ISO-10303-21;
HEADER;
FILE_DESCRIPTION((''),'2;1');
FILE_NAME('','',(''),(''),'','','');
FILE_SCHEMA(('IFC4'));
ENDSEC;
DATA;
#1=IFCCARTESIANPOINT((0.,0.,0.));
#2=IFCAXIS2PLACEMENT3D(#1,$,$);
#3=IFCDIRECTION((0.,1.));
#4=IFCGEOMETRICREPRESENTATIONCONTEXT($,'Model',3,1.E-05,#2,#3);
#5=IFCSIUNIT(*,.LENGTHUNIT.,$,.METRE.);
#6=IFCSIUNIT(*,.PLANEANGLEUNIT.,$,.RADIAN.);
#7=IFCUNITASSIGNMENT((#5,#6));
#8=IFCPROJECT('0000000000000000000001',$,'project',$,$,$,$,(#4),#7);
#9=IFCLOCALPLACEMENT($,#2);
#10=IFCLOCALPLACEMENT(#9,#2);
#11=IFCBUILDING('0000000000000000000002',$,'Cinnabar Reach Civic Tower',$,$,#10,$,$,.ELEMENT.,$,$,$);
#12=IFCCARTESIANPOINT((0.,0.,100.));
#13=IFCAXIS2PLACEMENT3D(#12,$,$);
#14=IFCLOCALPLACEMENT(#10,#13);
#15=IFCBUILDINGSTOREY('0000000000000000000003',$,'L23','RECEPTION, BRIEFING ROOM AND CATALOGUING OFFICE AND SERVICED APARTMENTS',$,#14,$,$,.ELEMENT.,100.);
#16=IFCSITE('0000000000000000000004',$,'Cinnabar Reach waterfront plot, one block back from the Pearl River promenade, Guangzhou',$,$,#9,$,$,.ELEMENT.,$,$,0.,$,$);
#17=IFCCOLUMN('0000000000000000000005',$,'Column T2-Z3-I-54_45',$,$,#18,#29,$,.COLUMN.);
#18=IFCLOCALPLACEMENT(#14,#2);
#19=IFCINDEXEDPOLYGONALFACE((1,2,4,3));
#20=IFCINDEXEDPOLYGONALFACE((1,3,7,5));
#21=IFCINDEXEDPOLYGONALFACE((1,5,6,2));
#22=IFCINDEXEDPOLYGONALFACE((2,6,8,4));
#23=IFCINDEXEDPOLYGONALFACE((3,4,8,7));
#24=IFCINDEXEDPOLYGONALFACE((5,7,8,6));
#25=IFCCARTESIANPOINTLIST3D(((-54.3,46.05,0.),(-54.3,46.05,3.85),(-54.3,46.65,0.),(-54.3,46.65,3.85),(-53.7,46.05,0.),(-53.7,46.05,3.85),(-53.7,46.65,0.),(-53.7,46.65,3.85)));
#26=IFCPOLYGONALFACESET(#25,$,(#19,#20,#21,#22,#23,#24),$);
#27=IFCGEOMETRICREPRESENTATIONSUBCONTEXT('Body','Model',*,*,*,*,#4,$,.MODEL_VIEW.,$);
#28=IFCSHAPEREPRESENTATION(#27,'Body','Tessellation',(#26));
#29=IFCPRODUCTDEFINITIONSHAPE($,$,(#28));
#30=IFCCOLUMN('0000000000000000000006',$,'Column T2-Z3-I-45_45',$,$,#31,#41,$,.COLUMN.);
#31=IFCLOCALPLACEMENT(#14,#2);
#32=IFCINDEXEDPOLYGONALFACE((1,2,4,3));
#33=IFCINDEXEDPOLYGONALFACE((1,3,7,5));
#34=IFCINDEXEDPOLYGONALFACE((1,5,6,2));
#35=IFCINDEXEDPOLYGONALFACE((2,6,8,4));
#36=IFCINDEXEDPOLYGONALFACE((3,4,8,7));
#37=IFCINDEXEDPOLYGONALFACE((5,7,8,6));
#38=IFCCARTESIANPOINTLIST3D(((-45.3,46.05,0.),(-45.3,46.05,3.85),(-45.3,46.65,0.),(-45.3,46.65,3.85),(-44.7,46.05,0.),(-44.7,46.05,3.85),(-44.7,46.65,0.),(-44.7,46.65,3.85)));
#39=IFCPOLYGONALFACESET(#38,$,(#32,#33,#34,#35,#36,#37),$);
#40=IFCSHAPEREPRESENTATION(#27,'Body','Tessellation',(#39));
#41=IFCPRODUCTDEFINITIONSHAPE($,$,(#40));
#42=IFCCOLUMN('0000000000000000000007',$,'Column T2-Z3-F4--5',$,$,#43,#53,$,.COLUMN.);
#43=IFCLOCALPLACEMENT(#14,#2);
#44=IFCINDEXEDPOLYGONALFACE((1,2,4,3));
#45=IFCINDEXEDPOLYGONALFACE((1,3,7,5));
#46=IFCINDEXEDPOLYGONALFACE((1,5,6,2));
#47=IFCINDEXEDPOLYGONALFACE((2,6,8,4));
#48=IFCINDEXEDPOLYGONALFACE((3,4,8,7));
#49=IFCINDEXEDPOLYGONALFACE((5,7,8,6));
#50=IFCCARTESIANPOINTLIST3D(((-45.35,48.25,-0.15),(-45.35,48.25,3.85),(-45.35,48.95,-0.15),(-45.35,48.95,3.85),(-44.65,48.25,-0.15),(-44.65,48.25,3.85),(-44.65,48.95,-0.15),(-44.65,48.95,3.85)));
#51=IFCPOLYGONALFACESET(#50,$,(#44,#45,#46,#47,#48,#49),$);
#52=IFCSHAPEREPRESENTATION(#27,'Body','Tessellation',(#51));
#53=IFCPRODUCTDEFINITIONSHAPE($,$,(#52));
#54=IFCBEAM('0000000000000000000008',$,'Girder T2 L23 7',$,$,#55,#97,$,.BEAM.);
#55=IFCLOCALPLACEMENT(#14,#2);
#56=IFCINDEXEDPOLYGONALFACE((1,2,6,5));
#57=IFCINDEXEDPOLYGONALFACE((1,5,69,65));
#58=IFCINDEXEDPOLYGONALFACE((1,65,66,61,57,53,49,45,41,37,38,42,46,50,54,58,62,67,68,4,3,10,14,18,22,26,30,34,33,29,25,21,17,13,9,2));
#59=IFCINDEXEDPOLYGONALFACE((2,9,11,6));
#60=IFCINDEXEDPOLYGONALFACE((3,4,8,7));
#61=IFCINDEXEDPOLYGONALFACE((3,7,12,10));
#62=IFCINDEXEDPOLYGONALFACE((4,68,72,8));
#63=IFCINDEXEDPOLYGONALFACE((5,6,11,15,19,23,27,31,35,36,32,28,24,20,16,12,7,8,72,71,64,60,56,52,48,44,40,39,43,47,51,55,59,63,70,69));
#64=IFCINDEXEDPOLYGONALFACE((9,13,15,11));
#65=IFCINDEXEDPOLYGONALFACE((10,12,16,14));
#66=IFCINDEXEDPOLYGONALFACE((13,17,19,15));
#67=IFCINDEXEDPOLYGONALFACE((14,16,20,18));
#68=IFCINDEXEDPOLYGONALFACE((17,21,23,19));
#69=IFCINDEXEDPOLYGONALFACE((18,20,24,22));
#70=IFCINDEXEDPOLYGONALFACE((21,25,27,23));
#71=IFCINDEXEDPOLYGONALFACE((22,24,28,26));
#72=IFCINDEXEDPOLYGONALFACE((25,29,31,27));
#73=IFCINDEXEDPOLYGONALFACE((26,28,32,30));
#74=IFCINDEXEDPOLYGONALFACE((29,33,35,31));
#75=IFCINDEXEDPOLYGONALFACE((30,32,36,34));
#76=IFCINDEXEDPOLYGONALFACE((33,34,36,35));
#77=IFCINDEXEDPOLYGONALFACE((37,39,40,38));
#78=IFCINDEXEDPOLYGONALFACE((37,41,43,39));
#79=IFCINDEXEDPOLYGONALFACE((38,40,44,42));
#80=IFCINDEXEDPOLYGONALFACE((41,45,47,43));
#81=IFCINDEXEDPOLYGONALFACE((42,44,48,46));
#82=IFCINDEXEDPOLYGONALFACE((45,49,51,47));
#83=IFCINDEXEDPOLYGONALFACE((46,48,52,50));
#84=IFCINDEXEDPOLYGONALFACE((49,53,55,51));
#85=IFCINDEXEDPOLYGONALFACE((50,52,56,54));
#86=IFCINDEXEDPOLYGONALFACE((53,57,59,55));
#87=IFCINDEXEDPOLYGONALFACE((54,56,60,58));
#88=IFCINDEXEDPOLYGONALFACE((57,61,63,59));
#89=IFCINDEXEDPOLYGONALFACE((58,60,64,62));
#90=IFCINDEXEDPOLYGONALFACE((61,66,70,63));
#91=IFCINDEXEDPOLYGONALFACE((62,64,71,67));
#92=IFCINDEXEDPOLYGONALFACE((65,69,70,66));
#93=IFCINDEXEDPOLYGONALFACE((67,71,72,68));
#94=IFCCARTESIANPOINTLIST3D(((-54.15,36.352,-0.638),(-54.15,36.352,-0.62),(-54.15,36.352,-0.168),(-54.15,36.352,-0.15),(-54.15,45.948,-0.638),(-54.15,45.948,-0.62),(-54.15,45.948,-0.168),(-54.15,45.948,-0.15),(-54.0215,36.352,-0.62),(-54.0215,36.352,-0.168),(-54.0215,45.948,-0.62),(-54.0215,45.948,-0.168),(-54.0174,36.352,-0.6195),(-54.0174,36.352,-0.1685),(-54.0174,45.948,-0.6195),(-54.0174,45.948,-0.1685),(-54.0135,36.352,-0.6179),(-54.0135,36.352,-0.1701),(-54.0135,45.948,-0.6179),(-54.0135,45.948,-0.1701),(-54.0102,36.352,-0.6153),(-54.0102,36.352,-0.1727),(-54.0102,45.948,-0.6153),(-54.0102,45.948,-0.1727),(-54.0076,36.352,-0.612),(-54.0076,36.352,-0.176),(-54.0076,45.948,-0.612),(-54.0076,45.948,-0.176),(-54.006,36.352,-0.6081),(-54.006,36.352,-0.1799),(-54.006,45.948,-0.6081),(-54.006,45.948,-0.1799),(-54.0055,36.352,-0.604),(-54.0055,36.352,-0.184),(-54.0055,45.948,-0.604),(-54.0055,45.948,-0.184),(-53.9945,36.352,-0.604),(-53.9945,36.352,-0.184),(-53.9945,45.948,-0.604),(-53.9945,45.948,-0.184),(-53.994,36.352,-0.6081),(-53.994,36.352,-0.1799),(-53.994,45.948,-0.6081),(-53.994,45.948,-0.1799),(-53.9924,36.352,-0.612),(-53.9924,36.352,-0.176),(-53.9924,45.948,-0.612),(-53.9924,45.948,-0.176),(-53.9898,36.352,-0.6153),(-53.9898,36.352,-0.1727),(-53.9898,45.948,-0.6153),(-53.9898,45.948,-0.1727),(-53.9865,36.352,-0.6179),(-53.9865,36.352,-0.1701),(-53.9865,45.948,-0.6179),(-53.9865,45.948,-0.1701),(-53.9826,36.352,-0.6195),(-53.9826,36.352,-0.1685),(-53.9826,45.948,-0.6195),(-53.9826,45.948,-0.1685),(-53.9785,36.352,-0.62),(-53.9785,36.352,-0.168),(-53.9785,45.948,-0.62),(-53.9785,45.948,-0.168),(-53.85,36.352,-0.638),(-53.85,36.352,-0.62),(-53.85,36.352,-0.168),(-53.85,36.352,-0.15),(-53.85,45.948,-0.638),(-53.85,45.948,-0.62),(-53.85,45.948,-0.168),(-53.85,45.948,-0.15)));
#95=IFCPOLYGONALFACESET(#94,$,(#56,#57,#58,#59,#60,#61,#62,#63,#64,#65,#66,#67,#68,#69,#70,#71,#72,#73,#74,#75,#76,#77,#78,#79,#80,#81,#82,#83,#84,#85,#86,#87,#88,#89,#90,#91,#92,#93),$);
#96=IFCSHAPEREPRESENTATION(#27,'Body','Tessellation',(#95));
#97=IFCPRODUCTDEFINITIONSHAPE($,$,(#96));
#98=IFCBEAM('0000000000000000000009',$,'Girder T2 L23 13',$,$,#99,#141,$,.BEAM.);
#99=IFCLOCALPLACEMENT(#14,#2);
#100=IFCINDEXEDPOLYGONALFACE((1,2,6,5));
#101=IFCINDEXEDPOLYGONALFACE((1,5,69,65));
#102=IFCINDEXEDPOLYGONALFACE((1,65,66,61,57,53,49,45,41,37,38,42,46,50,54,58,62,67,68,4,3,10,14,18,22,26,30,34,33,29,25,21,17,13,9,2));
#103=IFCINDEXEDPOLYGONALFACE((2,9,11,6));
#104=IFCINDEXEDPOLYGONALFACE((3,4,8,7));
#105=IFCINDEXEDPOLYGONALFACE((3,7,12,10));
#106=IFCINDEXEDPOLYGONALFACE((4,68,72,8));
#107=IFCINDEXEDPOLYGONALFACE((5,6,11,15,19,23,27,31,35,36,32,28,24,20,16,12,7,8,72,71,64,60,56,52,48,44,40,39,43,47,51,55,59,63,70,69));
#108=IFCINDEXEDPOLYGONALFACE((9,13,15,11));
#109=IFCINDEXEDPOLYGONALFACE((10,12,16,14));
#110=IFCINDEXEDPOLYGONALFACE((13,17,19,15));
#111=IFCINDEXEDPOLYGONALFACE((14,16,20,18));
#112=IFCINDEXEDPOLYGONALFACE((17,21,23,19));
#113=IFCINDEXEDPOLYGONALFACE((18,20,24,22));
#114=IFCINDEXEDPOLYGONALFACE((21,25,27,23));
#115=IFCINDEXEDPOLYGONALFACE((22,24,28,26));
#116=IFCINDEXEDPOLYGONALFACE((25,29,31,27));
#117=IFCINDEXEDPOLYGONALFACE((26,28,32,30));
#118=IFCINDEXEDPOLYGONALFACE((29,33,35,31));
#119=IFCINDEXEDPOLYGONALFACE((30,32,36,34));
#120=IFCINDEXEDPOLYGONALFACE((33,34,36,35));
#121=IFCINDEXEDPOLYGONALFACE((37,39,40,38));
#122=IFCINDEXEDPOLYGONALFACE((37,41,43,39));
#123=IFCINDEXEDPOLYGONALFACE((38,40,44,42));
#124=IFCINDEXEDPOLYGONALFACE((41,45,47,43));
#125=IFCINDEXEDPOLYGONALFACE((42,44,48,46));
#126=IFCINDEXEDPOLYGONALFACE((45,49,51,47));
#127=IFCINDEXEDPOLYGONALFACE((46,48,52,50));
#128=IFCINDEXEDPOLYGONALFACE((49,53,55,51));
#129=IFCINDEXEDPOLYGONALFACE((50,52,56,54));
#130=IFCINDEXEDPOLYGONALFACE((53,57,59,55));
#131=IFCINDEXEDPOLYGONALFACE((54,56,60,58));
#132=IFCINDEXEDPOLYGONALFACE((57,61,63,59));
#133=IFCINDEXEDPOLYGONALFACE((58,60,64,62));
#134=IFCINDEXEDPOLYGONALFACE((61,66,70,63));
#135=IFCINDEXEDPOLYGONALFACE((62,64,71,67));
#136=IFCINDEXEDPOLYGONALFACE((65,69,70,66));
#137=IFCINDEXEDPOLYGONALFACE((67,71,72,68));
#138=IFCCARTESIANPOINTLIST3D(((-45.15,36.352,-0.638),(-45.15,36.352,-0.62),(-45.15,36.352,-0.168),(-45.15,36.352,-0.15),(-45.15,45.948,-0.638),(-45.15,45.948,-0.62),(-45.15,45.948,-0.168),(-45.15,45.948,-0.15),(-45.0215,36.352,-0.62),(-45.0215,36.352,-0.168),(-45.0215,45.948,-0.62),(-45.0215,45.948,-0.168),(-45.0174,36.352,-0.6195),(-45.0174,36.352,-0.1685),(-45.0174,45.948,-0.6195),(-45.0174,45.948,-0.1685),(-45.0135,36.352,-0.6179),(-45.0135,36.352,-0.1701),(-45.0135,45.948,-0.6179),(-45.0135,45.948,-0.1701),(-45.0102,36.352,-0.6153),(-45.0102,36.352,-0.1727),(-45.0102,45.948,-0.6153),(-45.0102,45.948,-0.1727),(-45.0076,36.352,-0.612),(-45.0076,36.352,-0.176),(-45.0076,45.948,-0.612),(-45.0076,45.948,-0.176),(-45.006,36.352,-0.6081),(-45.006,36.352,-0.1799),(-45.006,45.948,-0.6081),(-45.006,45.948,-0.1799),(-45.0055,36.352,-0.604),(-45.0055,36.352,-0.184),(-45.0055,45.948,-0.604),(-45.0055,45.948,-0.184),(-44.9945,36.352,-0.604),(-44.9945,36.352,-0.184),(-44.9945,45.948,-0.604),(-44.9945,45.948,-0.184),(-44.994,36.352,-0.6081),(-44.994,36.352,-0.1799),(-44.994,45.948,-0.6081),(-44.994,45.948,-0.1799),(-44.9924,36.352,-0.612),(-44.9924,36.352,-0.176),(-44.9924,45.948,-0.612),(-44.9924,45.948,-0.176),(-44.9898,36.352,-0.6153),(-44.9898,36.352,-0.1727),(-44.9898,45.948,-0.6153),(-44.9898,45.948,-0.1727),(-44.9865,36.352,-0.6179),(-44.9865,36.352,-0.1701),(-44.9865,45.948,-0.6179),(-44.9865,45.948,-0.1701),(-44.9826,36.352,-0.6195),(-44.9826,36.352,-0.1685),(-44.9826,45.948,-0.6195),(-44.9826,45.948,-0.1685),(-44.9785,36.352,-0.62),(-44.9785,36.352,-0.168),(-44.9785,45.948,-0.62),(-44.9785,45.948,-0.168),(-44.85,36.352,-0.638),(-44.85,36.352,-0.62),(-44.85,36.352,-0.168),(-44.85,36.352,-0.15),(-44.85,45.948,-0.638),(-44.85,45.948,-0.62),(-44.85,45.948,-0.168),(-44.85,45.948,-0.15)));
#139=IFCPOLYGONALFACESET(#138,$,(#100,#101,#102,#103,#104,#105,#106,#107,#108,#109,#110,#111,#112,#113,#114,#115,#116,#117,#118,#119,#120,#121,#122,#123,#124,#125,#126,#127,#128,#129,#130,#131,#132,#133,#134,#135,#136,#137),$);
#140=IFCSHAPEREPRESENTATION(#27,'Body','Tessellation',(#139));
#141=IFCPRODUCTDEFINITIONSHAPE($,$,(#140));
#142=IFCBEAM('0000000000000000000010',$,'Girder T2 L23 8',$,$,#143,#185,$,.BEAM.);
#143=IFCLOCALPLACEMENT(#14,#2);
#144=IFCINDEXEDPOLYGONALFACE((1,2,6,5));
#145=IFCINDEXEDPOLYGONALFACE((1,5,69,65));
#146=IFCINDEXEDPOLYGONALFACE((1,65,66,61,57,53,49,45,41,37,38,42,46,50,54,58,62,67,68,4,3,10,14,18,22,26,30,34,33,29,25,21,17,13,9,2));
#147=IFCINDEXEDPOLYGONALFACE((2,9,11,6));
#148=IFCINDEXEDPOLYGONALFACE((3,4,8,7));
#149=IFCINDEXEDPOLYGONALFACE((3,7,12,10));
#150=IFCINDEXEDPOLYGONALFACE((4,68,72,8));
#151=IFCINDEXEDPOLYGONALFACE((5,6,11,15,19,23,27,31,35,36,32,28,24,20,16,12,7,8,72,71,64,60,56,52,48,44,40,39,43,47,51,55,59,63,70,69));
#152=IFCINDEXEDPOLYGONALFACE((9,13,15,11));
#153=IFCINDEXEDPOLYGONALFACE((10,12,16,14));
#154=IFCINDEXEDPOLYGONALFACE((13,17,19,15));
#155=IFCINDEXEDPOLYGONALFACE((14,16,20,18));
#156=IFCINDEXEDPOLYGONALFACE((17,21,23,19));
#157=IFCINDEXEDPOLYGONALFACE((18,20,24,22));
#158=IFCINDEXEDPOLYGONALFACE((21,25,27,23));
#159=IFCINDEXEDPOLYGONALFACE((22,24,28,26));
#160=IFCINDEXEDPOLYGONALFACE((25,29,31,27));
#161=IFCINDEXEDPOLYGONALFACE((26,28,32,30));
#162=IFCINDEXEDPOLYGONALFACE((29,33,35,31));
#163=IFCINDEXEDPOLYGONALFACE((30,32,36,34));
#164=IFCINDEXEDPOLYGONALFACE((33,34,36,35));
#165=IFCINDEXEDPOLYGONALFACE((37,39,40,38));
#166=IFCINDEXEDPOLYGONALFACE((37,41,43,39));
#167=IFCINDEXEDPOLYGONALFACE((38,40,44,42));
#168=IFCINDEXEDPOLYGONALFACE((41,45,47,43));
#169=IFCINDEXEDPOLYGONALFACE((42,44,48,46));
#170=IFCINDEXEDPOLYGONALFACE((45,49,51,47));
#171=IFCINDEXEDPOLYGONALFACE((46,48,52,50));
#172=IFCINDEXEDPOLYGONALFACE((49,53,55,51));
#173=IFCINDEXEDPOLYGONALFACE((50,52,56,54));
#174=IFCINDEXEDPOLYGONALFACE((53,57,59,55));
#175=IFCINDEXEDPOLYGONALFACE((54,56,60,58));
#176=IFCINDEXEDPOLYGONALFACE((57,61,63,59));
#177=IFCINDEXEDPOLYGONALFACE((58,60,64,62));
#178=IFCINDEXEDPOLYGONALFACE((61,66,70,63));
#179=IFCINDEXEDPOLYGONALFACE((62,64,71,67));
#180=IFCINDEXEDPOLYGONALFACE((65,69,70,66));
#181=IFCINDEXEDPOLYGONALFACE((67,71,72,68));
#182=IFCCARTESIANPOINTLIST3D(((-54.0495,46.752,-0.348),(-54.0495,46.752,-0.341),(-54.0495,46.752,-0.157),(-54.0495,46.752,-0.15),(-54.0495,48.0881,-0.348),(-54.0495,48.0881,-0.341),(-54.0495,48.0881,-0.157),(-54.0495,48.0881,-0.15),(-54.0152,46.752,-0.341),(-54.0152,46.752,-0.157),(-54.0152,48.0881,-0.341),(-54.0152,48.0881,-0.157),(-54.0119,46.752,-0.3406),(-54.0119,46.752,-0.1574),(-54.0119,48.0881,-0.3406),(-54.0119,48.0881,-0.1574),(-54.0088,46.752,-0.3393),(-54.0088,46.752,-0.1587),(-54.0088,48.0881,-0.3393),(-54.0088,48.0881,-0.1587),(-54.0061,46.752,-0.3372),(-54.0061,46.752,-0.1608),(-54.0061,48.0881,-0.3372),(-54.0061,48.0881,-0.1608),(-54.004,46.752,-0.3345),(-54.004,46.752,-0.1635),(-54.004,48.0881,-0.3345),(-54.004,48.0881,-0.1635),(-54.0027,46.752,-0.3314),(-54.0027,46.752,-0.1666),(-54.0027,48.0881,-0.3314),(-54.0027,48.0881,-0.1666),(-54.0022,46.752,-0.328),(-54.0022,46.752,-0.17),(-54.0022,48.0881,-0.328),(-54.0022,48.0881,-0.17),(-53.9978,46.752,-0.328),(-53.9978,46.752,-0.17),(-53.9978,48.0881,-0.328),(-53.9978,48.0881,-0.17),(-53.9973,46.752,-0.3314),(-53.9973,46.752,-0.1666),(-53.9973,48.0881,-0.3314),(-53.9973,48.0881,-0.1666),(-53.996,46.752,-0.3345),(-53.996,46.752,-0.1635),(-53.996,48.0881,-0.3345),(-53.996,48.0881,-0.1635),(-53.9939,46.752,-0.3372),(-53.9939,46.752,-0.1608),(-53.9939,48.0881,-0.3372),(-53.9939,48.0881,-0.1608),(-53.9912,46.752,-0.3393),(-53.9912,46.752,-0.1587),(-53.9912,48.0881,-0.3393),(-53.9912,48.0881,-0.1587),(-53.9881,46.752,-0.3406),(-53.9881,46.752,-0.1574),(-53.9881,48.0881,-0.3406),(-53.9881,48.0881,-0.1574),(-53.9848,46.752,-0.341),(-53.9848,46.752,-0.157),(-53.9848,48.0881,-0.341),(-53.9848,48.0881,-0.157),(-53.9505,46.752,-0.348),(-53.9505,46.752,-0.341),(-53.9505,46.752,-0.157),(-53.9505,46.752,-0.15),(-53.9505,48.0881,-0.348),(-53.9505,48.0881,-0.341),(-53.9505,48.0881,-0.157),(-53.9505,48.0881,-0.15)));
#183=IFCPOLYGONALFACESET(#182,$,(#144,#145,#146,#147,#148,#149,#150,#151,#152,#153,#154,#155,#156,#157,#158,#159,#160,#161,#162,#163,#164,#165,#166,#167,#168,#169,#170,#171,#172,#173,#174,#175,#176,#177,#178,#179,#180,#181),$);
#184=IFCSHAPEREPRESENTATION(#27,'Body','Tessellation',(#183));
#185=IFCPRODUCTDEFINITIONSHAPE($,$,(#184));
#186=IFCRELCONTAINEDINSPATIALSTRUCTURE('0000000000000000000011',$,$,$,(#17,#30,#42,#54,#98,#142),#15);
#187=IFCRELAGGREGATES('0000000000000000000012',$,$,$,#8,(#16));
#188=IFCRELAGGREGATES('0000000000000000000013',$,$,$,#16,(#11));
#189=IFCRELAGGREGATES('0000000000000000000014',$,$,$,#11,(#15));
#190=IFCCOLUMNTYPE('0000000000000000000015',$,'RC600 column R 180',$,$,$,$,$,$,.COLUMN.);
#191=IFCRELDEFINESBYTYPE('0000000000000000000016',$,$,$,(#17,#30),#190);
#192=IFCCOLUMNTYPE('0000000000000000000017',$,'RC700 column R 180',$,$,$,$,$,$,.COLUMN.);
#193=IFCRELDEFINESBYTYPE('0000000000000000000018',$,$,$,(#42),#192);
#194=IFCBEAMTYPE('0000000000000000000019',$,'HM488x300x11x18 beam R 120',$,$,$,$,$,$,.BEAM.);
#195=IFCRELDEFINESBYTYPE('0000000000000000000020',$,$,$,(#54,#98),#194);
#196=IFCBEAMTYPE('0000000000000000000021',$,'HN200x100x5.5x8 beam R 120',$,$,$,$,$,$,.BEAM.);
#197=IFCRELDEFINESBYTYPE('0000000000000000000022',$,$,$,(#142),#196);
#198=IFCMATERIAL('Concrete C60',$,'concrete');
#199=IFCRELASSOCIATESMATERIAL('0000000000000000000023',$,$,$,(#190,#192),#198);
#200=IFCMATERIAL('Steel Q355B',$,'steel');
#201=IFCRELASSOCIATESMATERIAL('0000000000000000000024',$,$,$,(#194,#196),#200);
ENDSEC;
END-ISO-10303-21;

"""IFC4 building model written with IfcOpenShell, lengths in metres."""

from ifc_helpers import new_model, si_unit, direction, frame, origin, origin_2d, place, context, subcontext, project, spatial, rectangle, i_section, extrude, material, material_profile, profile_set, type_object, element, save


model = new_model("IFC4")

# Units and contexts
model_context = context("Model", 3, precision=1e-05, world=origin(), true_north=direction((0.0, 1.0)))
body_context = subcontext(model_context, "Body", "Model", "MODEL_VIEW")
ifc_project = project(units=[si_unit("LENGTHUNIT", "METRE"), si_unit("PLANEANGLEUNIT", "RADIAN")], contexts=[model_context])

# Site, building, storey
site_placement = place(None, origin())
site = spatial("IfcSite", under=ifc_project, at=site_placement, Name="Cinnabar Reach waterfront plot, one block back from the Pearl River promenade, Guangzhou", CompositionType="ELEMENT", RefElevation=0.0)
building_placement = place(site_placement, origin())
building = spatial("IfcBuilding", under=site, at=building_placement, Name="Cinnabar Reach Civic Tower", CompositionType="ELEMENT")
storey_placement = place(building_placement, frame((0.0, 0.0, 100.0)))
storey = spatial("IfcBuildingStorey", under=building, at=storey_placement, Name="L23", Description="RECEPTION, BRIEFING ROOM AND CATALOGUING OFFICE AND SERVICED APARTMENTS", CompositionType="ELEMENT", Elevation=100.0)

# Columns
ifc_material_1 = material(Name="Concrete C60", Category="concrete")
ifc_material_profile_1 = material_profile(ifc_material_1, rectangle(XDim=0.6, YDim=0.6, at=origin_2d()), Name="RC600")
ifc_profile_set_1 = profile_set([ifc_material_profile_1], Name="Concrete C60")
column_type_1 = type_object("IfcColumnType", Name="RC600 column R 180", PredefinedType="COLUMN", material=ifc_profile_set_1)
for number, where, z_axis, x_axis, name in (
    (1, (-54.0, 46.35, 0.0), (0.0, 0.0, 1.0), (1.0, 0.0, 0.0), "Column T2-Z3-I-54_45"),
    (2, (-45.0, 46.35, 0.0), (0.0, 0.0, 1.0), (1.0, 0.0, 0.0), "Column T2-Z3-I-45_45"),
):
    element("IfcColumn", number, at=place(storey_placement, frame(where, z_axis=z_axis, x_axis=x_axis)), inside=storey, type_object=column_type_1, Name=name, PredefinedType="COLUMN", context=body_context, shape_type="SweptSolid", body=[
        extrude(rectangle(XDim=0.6, YDim=0.6, at=origin_2d()), origin(), (0.0, 0.0, 1.0), 3.85),
    ])
ifc_material_profile_2 = material_profile(ifc_material_1, rectangle(XDim=0.7, YDim=0.7, at=origin_2d()), Name="RC700")
ifc_profile_set_2 = profile_set([ifc_material_profile_2], Name="Concrete C60")
column_type_2 = type_object("IfcColumnType", Name="RC700 column R 180", PredefinedType="COLUMN", material=ifc_profile_set_2)
column_placement = place(storey_placement, frame((-45.0, 48.6, -0.15), z_axis=(0.0, 0.0, 1.0), x_axis=(1.0, 0.0, 0.0)))
element("IfcColumn", 3, at=column_placement, inside=storey, type_object=column_type_2, Name="Column T2-Z3-F4--5", PredefinedType="COLUMN", context=body_context, shape_type="SweptSolid", body=[
    extrude(rectangle(XDim=0.7, YDim=0.7, at=origin_2d()), origin(), (0.0, 0.0, 1.0), 4.0),
])

# Beams
ifc_material_2 = material(Name="Steel Q355B", Category="steel")
ifc_material_profile_3 = material_profile(ifc_material_2, i_section(OverallWidth=0.3, OverallDepth=0.488, WebThickness=0.011, FlangeThickness=0.018, FilletRadius=0.016, at=origin_2d()), Name="HM488x300x11x18")
ifc_profile_set_3 = profile_set([ifc_material_profile_3], Name="Steel Q355B")
beam_type_1 = type_object("IfcBeamType", Name="HM488x300x11x18 beam R 120", PredefinedType="BEAM", material=ifc_profile_set_3)
for number, where, z_axis, x_axis, name in (
    (4, (-54.0, 36.352, -0.394), (0.0, 1.0, 0.0), (-1.0, 0.0, 0.0), "Girder T2 L23 7"),
    (5, (-45.0, 36.352, -0.394), (0.0, 1.0, 0.0), (-1.0, 0.0, 0.0), "Girder T2 L23 13"),
):
    element("IfcBeam", number, at=place(storey_placement, frame(where, z_axis=z_axis, x_axis=x_axis)), inside=storey, type_object=beam_type_1, Name=name, PredefinedType="BEAM", context=body_context, shape_type="SweptSolid", body=[
        extrude(i_section(OverallWidth=0.3, OverallDepth=0.488, WebThickness=0.011, FlangeThickness=0.018, FilletRadius=0.016, at=origin_2d()), origin(), (0.0, 0.0, 1.0), 9.596),
    ])
ifc_material_profile_4 = material_profile(ifc_material_2, i_section(OverallWidth=0.099, OverallDepth=0.198, WebThickness=0.0045, FlangeThickness=0.007, FilletRadius=0.013, at=origin_2d()), Name="HN200x100x5.5x8")
ifc_profile_set_4 = profile_set([ifc_material_profile_4], Name="Steel Q355B")
beam_type_2 = type_object("IfcBeamType", Name="HN200x100x5.5x8 beam R 120", PredefinedType="BEAM", material=ifc_profile_set_4)
beam_1_placement = place(storey_placement, frame((-54.0, 46.752, -0.249), z_axis=(0.0, 1.0, 0.0), x_axis=(-1.0, 0.0, 0.0)))
element("IfcBeam", 6, at=beam_1_placement, inside=storey, type_object=beam_type_2, Name="Girder T2 L23 8", PredefinedType="BEAM", context=body_context, shape_type="SweptSolid", body=[
    extrude(i_section(OverallWidth=0.099, OverallDepth=0.198, WebThickness=0.0045, FlangeThickness=0.007, FilletRadius=0.013, at=origin_2d()), origin(), (0.0, 0.0, 1.0), 1.3361),
])

save(model, "model.ifc")
